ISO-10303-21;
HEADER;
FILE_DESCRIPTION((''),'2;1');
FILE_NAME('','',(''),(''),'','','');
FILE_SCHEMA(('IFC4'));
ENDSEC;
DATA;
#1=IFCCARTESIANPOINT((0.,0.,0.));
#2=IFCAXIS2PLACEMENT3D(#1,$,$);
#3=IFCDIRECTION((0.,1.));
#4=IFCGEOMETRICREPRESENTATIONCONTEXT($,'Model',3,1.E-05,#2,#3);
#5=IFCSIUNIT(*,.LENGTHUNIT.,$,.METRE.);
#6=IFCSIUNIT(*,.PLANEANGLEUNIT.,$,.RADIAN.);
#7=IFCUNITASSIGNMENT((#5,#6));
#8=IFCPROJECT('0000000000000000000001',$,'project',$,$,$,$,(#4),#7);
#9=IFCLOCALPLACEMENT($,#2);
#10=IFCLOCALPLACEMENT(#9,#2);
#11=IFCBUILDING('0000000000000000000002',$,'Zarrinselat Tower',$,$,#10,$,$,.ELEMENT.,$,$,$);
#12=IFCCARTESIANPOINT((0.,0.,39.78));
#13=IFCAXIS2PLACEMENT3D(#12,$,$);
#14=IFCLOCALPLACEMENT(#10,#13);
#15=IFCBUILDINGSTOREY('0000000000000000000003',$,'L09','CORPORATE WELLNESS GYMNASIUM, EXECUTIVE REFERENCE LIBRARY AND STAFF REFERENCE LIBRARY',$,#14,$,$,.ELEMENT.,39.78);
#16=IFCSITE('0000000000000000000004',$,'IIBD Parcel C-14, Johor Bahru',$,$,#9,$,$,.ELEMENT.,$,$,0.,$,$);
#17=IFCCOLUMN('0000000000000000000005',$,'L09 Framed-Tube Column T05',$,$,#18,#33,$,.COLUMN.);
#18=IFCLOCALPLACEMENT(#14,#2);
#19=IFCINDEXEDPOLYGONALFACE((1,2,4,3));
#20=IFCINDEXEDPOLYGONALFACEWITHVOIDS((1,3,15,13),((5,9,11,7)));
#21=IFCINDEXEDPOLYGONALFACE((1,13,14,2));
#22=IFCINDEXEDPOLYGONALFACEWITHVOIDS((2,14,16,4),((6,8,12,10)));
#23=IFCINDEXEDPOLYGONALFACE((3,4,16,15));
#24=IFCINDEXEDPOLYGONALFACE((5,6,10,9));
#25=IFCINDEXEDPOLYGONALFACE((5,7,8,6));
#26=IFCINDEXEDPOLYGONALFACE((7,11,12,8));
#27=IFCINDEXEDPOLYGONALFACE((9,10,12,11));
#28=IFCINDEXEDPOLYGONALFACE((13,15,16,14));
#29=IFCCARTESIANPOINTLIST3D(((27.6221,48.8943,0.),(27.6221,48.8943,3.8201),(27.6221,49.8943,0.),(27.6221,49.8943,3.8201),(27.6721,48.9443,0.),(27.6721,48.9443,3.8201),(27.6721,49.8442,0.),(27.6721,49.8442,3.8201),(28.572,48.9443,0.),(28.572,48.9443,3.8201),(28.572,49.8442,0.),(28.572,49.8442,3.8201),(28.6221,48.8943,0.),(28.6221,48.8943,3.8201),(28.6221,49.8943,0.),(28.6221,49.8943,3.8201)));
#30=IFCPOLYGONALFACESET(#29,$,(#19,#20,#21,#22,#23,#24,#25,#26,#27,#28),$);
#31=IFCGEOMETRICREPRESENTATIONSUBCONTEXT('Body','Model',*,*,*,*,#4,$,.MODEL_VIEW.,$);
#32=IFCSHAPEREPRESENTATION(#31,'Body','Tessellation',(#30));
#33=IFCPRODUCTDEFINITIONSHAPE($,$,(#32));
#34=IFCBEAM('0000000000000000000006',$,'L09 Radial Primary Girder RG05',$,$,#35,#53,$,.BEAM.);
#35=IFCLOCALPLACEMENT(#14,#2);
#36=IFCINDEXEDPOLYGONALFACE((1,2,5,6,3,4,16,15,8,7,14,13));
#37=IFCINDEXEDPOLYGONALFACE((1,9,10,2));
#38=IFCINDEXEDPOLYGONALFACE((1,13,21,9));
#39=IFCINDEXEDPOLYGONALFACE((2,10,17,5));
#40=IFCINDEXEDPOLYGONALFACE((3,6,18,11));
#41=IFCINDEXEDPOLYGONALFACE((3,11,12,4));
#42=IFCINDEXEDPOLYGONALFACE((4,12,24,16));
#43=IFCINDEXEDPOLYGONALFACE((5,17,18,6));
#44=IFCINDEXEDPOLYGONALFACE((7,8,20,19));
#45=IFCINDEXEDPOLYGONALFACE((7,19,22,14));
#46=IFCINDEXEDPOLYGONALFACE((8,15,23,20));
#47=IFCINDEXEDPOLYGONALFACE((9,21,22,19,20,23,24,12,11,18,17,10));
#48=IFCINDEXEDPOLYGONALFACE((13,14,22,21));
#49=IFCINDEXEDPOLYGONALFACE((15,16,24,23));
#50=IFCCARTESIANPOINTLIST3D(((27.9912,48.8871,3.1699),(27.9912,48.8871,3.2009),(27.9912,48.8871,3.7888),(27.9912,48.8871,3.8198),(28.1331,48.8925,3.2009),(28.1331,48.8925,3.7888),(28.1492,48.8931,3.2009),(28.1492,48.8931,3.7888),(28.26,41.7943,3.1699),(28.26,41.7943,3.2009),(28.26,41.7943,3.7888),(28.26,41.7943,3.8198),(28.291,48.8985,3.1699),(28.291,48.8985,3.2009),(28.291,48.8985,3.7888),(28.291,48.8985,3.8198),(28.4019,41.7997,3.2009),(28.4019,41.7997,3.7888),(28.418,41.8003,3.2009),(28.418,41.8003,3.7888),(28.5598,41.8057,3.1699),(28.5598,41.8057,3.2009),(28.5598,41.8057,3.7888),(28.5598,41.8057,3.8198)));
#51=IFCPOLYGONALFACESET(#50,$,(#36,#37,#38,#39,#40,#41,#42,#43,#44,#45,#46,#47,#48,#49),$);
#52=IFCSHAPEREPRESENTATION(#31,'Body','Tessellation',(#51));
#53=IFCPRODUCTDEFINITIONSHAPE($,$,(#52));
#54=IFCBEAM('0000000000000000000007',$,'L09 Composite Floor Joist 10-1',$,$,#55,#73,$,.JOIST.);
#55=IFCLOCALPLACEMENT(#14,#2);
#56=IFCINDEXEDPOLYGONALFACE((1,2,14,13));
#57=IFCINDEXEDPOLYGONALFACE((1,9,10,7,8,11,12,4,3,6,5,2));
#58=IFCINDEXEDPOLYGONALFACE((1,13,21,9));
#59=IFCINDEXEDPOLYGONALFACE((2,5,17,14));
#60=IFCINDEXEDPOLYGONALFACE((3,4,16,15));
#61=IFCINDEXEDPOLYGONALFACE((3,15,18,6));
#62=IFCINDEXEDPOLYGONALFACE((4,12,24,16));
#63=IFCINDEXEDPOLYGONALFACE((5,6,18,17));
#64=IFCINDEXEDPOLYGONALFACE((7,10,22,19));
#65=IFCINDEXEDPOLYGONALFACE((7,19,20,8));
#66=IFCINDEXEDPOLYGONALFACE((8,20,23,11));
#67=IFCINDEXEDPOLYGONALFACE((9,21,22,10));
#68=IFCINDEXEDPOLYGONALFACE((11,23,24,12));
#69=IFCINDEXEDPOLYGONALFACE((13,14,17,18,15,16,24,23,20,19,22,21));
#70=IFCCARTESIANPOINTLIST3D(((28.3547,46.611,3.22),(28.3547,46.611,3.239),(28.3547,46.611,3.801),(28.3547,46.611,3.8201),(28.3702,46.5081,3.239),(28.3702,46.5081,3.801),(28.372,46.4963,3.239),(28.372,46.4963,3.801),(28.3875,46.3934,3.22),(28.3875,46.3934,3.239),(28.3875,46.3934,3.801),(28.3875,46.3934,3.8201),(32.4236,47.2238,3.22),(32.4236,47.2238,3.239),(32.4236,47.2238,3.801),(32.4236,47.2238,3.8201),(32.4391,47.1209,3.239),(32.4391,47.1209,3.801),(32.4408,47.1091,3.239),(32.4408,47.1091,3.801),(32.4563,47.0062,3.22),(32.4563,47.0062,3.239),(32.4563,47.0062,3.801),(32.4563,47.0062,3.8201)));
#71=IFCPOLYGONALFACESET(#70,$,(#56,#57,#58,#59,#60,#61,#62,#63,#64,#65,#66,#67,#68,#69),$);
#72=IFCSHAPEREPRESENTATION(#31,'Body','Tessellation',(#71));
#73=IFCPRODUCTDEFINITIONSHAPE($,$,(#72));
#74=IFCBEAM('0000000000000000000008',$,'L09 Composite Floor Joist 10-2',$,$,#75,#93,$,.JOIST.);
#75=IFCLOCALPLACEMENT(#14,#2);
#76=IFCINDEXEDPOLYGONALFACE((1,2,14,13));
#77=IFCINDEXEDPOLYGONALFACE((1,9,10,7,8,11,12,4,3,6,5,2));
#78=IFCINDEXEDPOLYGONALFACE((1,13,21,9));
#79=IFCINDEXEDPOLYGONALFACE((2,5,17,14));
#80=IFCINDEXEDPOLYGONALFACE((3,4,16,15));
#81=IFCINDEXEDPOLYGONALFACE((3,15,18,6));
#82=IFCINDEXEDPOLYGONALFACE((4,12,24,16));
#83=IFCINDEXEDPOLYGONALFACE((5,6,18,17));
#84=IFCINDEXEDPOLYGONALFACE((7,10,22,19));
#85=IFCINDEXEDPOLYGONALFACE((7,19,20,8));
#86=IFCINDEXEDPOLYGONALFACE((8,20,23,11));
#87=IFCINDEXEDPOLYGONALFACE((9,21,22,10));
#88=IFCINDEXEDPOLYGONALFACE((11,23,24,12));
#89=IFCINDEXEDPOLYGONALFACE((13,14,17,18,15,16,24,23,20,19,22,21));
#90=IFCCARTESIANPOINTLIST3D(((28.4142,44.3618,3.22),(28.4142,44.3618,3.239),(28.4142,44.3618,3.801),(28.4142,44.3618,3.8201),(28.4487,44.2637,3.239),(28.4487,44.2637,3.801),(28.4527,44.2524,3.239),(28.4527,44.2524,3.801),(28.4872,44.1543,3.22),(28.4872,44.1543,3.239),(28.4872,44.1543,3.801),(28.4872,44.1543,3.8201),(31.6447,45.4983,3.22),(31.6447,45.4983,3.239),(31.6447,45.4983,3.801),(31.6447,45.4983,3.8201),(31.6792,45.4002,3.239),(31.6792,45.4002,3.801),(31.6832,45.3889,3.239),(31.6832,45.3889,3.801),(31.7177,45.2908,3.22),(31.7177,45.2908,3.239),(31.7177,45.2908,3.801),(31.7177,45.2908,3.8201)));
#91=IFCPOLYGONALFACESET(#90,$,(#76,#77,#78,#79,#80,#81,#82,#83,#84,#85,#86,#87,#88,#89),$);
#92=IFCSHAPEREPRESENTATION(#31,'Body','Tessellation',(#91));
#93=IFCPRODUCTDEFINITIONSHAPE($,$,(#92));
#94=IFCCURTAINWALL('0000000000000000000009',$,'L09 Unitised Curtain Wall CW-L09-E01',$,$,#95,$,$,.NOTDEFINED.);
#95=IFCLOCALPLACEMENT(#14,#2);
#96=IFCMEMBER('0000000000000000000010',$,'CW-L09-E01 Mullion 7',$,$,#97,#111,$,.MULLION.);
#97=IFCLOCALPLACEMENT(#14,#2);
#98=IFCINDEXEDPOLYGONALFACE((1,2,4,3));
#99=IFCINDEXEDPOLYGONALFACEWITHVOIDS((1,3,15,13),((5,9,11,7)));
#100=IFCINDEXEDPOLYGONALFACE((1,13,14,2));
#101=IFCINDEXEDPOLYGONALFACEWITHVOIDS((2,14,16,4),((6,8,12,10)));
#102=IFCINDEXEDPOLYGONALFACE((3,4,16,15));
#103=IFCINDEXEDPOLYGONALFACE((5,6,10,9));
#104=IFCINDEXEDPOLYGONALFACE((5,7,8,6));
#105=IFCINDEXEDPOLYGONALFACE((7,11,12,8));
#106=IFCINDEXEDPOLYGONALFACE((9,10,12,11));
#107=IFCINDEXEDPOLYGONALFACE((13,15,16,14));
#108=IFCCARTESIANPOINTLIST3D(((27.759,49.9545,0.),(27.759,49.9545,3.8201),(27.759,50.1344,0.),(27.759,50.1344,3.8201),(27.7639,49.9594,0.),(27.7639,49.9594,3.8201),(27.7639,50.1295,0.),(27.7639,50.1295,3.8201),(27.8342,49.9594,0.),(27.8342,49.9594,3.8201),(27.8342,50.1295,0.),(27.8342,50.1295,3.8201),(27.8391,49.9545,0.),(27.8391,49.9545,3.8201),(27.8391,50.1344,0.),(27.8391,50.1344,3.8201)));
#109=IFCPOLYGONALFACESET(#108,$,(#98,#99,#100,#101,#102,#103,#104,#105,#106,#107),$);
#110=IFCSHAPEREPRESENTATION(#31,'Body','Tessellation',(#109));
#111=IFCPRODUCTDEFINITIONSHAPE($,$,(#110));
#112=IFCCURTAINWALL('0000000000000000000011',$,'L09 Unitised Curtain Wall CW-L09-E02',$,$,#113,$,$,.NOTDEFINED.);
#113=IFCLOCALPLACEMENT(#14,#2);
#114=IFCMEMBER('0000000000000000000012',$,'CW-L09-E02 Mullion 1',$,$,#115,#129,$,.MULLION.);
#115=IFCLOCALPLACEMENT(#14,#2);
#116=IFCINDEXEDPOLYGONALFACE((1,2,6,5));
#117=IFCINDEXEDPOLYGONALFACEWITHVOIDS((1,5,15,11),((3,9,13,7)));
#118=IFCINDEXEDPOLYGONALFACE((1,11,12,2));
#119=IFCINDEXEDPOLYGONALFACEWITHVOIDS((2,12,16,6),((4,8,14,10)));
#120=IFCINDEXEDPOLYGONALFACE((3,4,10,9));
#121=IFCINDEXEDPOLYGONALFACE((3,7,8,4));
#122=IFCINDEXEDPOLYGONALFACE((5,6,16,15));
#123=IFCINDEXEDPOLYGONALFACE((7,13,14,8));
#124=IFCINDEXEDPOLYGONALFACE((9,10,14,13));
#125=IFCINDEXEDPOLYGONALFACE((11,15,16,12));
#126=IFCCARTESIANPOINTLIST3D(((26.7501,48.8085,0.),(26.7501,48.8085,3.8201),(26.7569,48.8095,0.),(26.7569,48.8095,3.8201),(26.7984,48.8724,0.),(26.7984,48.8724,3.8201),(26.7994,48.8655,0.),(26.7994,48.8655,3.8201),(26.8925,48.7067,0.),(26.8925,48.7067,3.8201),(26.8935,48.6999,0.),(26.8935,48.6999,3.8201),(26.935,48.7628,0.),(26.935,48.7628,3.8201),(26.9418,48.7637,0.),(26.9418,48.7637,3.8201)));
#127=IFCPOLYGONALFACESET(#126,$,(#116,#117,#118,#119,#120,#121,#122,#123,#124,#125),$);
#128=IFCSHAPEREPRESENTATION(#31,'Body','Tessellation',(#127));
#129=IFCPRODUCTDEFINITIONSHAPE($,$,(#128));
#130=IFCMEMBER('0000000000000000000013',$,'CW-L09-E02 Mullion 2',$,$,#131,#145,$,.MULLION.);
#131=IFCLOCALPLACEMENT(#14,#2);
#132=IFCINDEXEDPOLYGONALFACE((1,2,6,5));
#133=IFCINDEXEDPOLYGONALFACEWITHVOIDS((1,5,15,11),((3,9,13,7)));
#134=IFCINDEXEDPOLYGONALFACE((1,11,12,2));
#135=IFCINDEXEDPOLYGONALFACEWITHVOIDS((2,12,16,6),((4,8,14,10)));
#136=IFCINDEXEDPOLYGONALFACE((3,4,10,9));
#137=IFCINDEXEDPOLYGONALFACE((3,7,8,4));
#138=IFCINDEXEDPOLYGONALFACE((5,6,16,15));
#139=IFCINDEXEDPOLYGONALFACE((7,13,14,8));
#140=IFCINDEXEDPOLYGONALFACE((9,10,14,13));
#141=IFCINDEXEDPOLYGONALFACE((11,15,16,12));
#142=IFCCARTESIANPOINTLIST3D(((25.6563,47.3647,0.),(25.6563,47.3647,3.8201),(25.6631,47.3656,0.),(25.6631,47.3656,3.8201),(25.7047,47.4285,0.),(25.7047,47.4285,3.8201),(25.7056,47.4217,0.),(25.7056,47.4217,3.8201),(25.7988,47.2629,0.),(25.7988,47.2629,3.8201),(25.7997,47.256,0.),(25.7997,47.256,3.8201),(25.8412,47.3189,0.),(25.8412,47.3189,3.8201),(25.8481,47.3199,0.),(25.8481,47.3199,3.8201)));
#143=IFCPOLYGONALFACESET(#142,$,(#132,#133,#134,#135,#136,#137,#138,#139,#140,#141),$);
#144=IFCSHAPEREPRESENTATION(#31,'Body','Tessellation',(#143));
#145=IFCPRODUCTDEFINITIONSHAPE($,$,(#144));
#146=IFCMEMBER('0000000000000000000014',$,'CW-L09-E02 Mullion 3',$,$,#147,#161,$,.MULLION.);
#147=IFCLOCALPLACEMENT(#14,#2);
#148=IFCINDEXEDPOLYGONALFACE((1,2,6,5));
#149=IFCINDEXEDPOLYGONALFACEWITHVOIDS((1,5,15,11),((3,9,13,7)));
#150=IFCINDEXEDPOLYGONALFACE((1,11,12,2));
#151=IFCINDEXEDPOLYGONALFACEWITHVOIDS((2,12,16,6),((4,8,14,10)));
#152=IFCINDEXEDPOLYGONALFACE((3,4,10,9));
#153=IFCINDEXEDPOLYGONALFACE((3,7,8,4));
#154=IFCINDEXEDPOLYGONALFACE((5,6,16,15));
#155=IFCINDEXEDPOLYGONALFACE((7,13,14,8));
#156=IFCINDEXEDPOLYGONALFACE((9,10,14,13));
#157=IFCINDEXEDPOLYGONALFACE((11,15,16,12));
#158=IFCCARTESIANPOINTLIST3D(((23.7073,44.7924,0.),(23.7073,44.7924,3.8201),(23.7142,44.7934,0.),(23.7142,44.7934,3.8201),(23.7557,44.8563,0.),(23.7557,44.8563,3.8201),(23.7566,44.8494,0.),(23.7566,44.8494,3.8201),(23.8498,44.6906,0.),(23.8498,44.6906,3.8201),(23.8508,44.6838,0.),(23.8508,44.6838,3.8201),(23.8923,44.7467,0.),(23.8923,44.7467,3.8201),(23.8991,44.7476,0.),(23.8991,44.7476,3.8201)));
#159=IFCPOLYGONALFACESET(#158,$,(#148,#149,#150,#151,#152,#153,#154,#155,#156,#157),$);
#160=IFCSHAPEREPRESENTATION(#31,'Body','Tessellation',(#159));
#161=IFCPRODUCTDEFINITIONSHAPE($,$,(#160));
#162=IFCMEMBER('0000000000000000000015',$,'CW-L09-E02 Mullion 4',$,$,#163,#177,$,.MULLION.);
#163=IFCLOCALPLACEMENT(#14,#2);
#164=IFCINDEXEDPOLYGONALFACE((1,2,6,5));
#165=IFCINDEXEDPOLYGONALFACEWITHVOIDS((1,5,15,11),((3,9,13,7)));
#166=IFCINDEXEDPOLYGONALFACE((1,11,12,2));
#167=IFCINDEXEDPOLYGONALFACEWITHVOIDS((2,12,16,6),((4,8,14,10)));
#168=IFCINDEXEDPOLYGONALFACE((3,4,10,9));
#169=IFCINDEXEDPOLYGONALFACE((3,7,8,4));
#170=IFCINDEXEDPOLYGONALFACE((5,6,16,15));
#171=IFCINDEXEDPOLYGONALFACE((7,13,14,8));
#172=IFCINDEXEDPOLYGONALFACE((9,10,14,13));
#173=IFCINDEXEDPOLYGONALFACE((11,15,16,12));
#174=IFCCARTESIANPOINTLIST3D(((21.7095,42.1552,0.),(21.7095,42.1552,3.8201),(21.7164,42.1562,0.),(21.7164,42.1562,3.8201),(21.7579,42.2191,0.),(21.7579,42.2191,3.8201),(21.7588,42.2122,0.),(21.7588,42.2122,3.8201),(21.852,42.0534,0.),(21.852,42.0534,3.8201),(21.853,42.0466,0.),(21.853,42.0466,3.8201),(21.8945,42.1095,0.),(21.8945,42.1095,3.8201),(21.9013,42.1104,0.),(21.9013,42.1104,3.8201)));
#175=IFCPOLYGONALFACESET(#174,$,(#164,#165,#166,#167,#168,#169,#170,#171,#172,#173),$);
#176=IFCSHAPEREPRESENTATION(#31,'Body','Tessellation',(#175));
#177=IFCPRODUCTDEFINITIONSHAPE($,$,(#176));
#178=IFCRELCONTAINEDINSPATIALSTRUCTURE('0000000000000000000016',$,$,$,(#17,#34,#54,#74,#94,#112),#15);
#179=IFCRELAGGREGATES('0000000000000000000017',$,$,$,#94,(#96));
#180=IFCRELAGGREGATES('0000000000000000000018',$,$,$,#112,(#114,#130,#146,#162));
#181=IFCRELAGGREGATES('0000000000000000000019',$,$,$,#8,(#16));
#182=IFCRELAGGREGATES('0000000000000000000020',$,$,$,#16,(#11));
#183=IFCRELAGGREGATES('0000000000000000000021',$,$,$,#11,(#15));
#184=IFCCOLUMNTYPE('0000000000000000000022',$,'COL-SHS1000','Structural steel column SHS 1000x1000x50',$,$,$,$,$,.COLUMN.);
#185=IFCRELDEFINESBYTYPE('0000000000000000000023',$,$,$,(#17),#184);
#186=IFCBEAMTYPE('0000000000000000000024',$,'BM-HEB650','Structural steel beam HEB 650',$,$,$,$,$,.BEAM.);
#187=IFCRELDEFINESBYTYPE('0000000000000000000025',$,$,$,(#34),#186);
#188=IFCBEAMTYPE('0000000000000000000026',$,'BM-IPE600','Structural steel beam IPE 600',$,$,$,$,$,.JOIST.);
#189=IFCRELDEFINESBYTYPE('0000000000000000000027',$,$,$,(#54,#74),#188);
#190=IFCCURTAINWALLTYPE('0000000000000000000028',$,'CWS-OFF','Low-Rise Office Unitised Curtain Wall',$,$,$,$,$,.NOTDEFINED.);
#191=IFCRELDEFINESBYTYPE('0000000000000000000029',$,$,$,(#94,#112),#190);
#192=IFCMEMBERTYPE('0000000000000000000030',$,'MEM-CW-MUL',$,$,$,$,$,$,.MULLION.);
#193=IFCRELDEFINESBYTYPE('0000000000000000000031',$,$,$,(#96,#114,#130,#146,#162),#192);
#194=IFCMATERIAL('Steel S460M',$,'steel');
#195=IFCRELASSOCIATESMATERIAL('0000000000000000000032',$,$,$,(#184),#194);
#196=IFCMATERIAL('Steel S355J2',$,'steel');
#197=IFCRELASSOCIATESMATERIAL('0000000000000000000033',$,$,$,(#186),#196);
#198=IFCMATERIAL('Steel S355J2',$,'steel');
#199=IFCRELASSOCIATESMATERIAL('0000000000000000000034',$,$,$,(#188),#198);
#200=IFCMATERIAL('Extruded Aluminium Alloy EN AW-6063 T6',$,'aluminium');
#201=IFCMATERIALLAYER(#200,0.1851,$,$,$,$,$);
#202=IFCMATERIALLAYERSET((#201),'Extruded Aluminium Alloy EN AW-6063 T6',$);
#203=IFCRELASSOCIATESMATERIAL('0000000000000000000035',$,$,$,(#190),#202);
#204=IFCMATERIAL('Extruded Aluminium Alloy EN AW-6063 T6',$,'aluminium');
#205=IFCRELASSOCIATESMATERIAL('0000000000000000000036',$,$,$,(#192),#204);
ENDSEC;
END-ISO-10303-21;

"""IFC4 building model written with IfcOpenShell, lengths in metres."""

from ifc_helpers import new_model, si_unit, direction, frame, origin, origin_2d, place, context, subcontext, project, spatial, hollow_rectangle, i_section, extrude, material, layer, layer_set, material_profile, profile_set, type_object, element, aggregate, save


model = new_model("IFC4")

# Units and contexts
model_context = context("Model", 3, precision=1e-05, world=origin(), true_north=direction((0.0, 1.0)))
body_context = subcontext(model_context, "Body", "Model", "MODEL_VIEW")
ifc_project = project(units=[si_unit("LENGTHUNIT", "METRE"), si_unit("PLANEANGLEUNIT", "RADIAN")], contexts=[model_context])

# Site, building, storey
site_placement = place(None, origin())
site = spatial("IfcSite", under=ifc_project, at=site_placement, Name="IIBD Parcel C-14, Johor Bahru", CompositionType="ELEMENT", RefElevation=0.0)
building_placement = place(site_placement, origin())
building = spatial("IfcBuilding", under=site, at=building_placement, Name="Zarrinselat Tower", CompositionType="ELEMENT")
storey_placement = place(building_placement, frame((0.0, 0.0, 39.78)))
storey = spatial("IfcBuildingStorey", under=building, at=storey_placement, Name="L09", Description="CORPORATE WELLNESS GYMNASIUM, EXECUTIVE REFERENCE LIBRARY AND STAFF REFERENCE LIBRARY", CompositionType="ELEMENT", Elevation=39.78)

# Column
ifc_material_1 = material(Name="Steel S460M", Category="steel")
ifc_material_profile_1 = material_profile(ifc_material_1, hollow_rectangle(XDim=1.0, YDim=1.0, WallThickness=0.05, at=origin_2d()), Name="SHS 1000x1000x50")
ifc_profile_set_1 = profile_set([ifc_material_profile_1], Name="Steel S460M")
column_type = type_object("IfcColumnType", Name="COL-SHS1000", Description="Structural steel column SHS 1000x1000x50", PredefinedType="COLUMN", material=ifc_profile_set_1)
column_placement = place(storey_placement, frame((28.1221, 49.3943, 0.0), z_axis=(0.0, 0.0, 1.0), x_axis=(1.0, 0.0, 0.0)))
element("IfcColumn", 1, at=column_placement, inside=storey, type_object=column_type, Name="L09 Framed-Tube Column T05", PredefinedType="COLUMN", context=body_context, shape_type="SweptSolid", body=[
    extrude(hollow_rectangle(XDim=1.0, YDim=1.0, WallThickness=0.05, at=origin_2d()), origin(), (0.0, 0.0, 1.0), 3.8201),
])

# Beams
ifc_material_2 = material(Name="Steel S355J2", Category="steel")
ifc_material_profile_2 = material_profile(ifc_material_2, i_section(OverallWidth=0.3, OverallDepth=0.6499, WebThickness=0.0161, FlangeThickness=0.031, at=origin_2d()), Name="HEB 650")
ifc_profile_set_2 = profile_set([ifc_material_profile_2], Name="Steel S355J2")
beam_type_1 = type_object("IfcBeamType", Name="BM-HEB650", Description="Structural steel beam HEB 650", PredefinedType="BEAM", material=ifc_profile_set_2)
beam_1_placement = place(storey_placement, frame((28.1411, 48.8928, 3.4949), z_axis=(0.03787, -0.999283, 0.0), x_axis=(0.999283, 0.03787, 0.0)))
element("IfcBeam", 2, at=beam_1_placement, inside=storey, type_object=beam_type_1, Name="L09 Radial Primary Girder RG05", PredefinedType="BEAM", context=body_context, shape_type="SweptSolid", body=[
    extrude(i_section(OverallWidth=0.3, OverallDepth=0.6499, WebThickness=0.0161, FlangeThickness=0.031, at=origin_2d()), origin(), (0.0, 0.0, 1.0), 7.0979),
])
ifc_material_3 = material(Name="Steel S355J2", Category="steel")
ifc_material_profile_3 = material_profile(ifc_material_3, i_section(OverallWidth=0.22, OverallDepth=0.6001, WebThickness=0.012, FlangeThickness=0.019, at=origin_2d()), Name="IPE 600")
ifc_profile_set_3 = profile_set([ifc_material_profile_3], Name="Steel S355J2")
beam_type_2 = type_object("IfcBeamType", Name="BM-IPE600", Description="Structural steel beam IPE 600", PredefinedType="JOIST", material=ifc_profile_set_3)
beam_2_placement = place(storey_placement, frame((28.3711, 46.5022, 3.52), z_axis=(0.988848, 0.148927, 0.0), x_axis=(-0.148927, 0.988848, 0.0)))
element("IfcBeam", 3, at=beam_2_placement, inside=storey, type_object=beam_type_2, Name="L09 Composite Floor Joist 10-1", PredefinedType="JOIST", context=body_context, shape_type="SweptSolid", body=[
    extrude(i_section(OverallWidth=0.22, OverallDepth=0.6001, WebThickness=0.012, FlangeThickness=0.019, at=origin_2d()), origin(), (0.0, 0.0, 1.0), 4.1147),
])
beam_3_placement = place(storey_placement, frame((28.4507, 44.2581, 3.52), z_axis=(0.943328, 0.331862, 0.0), x_axis=(-0.331862, 0.943328, 0.0)))
element("IfcBeam", 4, at=beam_3_placement, inside=storey, type_object=beam_type_2, Name="L09 Composite Floor Joist 10-2", PredefinedType="JOIST", context=body_context, shape_type="SweptSolid", body=[
    extrude(i_section(OverallWidth=0.22, OverallDepth=0.6001, WebThickness=0.012, FlangeThickness=0.019, at=origin_2d()), origin(), (0.0, 0.0, 1.0), 3.4246),
])

# Curtain wall, member
ifc_material_4 = material(Name="Extruded Aluminium Alloy EN AW-6063 T6", Category="aluminium")
ifc_layer_1 = layer(ifc_material_4, 0.1851)
ifc_layer_set_1 = layer_set([ifc_layer_1], Name="Extruded Aluminium Alloy EN AW-6063 T6")
curtain_wall_type = type_object("IfcCurtainWallType", Name="CWS-OFF", Description="Low-Rise Office Unitised Curtain Wall", PredefinedType="NOTDEFINED", material=ifc_layer_set_1)
curtain_wall_1_placement = place(storey_placement, origin())
curtain_wall_1 = element("IfcCurtainWall", 5, at=curtain_wall_1_placement, inside=storey, type_object=curtain_wall_type, Name="L09 Unitised Curtain Wall CW-L09-E01", PredefinedType="NOTDEFINED")
ifc_material_5 = material(Name="Extruded Aluminium Alloy EN AW-6063 T6", Category="aluminium")
ifc_material_profile_4 = material_profile(ifc_material_5, hollow_rectangle(XDim=0.0801, YDim=0.1799, WallThickness=0.0049, at=origin_2d()), Name="RHS 180x80x5")
ifc_profile_set_4 = profile_set([ifc_material_profile_4], Name="Extruded Aluminium Alloy EN AW-6063 T6")
member_type_1 = type_object("IfcMemberType", Name="MEM-CW-MUL", PredefinedType="MULLION", material=ifc_profile_set_4)
member_1_placement = place(storey_placement, frame((27.7991, 50.0444, 0.0), z_axis=(0.0, 0.0, 1.0), x_axis=(-1.0, 0.0, 0.0)))
member_1 = element("IfcMember", 6, at=member_1_placement, type_object=member_type_1, Name="CW-L09-E01 Mullion 7", PredefinedType="MULLION", context=body_context, shape_type="SweptSolid", body=[
    extrude(hollow_rectangle(XDim=0.0801, YDim=0.1799, WallThickness=0.0049, at=origin_2d()), origin(), (0.0, 0.0, 1.0), 3.8201),
])
aggregate(curtain_wall_1, [member_1])

# Curtain wall, members
curtain_wall_2_placement = place(storey_placement, origin())
curtain_wall_2 = element("IfcCurtainWall", 7, at=curtain_wall_2_placement, inside=storey, type_object=curtain_wall_type, Name="L09 Unitised Curtain Wall CW-L09-E02", PredefinedType="NOTDEFINED")
member_2_placement = place(storey_placement, frame((26.8459, 48.7861, 0.0), z_axis=(0.0, 0.0, 1.0), x_axis=(-0.603857, -0.797093, 0.0)))
member_2 = element("IfcMember", 8, at=member_2_placement, type_object=member_type_1, Name="CW-L09-E02 Mullion 1", PredefinedType="MULLION", context=body_context, shape_type="SweptSolid", body=[
    extrude(hollow_rectangle(XDim=0.0801, YDim=0.1799, WallThickness=0.0049, at=origin_2d()), origin(), (0.0, 0.0, 1.0), 3.8201),
])
member_3_placement = place(storey_placement, frame((25.7522, 47.3423, 0.0), z_axis=(0.0, 0.0, 1.0), x_axis=(-0.603857, -0.797093, 0.0)))
member_3 = element("IfcMember", 9, at=member_3_placement, type_object=member_type_1, Name="CW-L09-E02 Mullion 2", PredefinedType="MULLION", context=body_context, shape_type="SweptSolid", body=[
    extrude(hollow_rectangle(XDim=0.0801, YDim=0.1799, WallThickness=0.0049, at=origin_2d()), origin(), (0.0, 0.0, 1.0), 3.8201),
])
member_4_placement = place(storey_placement, frame((23.8032, 44.77, 0.0), z_axis=(0.0, 0.0, 1.0), x_axis=(-0.603857, -0.797093, 0.0)))
member_4 = element("IfcMember", 10, at=member_4_placement, type_object=member_type_1, Name="CW-L09-E02 Mullion 3", PredefinedType="MULLION", context=body_context, shape_type="SweptSolid", body=[
    extrude(hollow_rectangle(XDim=0.0801, YDim=0.1799, WallThickness=0.0049, at=origin_2d()), origin(), (0.0, 0.0, 1.0), 3.8201),
])
member_5_placement = place(storey_placement, frame((21.8054, 42.1328, 0.0), z_axis=(0.0, 0.0, 1.0), x_axis=(-0.603857, -0.797093, 0.0)))
member_5 = element("IfcMember", 11, at=member_5_placement, type_object=member_type_1, Name="CW-L09-E02 Mullion 4", PredefinedType="MULLION", context=body_context, shape_type="SweptSolid", body=[
    extrude(hollow_rectangle(XDim=0.0801, YDim=0.1799, WallThickness=0.0049, at=origin_2d()), origin(), (0.0, 0.0, 1.0), 3.8201),
])
aggregate(curtain_wall_2, [member_2, member_3, member_4, member_5])

save(model, "model.ifc")
